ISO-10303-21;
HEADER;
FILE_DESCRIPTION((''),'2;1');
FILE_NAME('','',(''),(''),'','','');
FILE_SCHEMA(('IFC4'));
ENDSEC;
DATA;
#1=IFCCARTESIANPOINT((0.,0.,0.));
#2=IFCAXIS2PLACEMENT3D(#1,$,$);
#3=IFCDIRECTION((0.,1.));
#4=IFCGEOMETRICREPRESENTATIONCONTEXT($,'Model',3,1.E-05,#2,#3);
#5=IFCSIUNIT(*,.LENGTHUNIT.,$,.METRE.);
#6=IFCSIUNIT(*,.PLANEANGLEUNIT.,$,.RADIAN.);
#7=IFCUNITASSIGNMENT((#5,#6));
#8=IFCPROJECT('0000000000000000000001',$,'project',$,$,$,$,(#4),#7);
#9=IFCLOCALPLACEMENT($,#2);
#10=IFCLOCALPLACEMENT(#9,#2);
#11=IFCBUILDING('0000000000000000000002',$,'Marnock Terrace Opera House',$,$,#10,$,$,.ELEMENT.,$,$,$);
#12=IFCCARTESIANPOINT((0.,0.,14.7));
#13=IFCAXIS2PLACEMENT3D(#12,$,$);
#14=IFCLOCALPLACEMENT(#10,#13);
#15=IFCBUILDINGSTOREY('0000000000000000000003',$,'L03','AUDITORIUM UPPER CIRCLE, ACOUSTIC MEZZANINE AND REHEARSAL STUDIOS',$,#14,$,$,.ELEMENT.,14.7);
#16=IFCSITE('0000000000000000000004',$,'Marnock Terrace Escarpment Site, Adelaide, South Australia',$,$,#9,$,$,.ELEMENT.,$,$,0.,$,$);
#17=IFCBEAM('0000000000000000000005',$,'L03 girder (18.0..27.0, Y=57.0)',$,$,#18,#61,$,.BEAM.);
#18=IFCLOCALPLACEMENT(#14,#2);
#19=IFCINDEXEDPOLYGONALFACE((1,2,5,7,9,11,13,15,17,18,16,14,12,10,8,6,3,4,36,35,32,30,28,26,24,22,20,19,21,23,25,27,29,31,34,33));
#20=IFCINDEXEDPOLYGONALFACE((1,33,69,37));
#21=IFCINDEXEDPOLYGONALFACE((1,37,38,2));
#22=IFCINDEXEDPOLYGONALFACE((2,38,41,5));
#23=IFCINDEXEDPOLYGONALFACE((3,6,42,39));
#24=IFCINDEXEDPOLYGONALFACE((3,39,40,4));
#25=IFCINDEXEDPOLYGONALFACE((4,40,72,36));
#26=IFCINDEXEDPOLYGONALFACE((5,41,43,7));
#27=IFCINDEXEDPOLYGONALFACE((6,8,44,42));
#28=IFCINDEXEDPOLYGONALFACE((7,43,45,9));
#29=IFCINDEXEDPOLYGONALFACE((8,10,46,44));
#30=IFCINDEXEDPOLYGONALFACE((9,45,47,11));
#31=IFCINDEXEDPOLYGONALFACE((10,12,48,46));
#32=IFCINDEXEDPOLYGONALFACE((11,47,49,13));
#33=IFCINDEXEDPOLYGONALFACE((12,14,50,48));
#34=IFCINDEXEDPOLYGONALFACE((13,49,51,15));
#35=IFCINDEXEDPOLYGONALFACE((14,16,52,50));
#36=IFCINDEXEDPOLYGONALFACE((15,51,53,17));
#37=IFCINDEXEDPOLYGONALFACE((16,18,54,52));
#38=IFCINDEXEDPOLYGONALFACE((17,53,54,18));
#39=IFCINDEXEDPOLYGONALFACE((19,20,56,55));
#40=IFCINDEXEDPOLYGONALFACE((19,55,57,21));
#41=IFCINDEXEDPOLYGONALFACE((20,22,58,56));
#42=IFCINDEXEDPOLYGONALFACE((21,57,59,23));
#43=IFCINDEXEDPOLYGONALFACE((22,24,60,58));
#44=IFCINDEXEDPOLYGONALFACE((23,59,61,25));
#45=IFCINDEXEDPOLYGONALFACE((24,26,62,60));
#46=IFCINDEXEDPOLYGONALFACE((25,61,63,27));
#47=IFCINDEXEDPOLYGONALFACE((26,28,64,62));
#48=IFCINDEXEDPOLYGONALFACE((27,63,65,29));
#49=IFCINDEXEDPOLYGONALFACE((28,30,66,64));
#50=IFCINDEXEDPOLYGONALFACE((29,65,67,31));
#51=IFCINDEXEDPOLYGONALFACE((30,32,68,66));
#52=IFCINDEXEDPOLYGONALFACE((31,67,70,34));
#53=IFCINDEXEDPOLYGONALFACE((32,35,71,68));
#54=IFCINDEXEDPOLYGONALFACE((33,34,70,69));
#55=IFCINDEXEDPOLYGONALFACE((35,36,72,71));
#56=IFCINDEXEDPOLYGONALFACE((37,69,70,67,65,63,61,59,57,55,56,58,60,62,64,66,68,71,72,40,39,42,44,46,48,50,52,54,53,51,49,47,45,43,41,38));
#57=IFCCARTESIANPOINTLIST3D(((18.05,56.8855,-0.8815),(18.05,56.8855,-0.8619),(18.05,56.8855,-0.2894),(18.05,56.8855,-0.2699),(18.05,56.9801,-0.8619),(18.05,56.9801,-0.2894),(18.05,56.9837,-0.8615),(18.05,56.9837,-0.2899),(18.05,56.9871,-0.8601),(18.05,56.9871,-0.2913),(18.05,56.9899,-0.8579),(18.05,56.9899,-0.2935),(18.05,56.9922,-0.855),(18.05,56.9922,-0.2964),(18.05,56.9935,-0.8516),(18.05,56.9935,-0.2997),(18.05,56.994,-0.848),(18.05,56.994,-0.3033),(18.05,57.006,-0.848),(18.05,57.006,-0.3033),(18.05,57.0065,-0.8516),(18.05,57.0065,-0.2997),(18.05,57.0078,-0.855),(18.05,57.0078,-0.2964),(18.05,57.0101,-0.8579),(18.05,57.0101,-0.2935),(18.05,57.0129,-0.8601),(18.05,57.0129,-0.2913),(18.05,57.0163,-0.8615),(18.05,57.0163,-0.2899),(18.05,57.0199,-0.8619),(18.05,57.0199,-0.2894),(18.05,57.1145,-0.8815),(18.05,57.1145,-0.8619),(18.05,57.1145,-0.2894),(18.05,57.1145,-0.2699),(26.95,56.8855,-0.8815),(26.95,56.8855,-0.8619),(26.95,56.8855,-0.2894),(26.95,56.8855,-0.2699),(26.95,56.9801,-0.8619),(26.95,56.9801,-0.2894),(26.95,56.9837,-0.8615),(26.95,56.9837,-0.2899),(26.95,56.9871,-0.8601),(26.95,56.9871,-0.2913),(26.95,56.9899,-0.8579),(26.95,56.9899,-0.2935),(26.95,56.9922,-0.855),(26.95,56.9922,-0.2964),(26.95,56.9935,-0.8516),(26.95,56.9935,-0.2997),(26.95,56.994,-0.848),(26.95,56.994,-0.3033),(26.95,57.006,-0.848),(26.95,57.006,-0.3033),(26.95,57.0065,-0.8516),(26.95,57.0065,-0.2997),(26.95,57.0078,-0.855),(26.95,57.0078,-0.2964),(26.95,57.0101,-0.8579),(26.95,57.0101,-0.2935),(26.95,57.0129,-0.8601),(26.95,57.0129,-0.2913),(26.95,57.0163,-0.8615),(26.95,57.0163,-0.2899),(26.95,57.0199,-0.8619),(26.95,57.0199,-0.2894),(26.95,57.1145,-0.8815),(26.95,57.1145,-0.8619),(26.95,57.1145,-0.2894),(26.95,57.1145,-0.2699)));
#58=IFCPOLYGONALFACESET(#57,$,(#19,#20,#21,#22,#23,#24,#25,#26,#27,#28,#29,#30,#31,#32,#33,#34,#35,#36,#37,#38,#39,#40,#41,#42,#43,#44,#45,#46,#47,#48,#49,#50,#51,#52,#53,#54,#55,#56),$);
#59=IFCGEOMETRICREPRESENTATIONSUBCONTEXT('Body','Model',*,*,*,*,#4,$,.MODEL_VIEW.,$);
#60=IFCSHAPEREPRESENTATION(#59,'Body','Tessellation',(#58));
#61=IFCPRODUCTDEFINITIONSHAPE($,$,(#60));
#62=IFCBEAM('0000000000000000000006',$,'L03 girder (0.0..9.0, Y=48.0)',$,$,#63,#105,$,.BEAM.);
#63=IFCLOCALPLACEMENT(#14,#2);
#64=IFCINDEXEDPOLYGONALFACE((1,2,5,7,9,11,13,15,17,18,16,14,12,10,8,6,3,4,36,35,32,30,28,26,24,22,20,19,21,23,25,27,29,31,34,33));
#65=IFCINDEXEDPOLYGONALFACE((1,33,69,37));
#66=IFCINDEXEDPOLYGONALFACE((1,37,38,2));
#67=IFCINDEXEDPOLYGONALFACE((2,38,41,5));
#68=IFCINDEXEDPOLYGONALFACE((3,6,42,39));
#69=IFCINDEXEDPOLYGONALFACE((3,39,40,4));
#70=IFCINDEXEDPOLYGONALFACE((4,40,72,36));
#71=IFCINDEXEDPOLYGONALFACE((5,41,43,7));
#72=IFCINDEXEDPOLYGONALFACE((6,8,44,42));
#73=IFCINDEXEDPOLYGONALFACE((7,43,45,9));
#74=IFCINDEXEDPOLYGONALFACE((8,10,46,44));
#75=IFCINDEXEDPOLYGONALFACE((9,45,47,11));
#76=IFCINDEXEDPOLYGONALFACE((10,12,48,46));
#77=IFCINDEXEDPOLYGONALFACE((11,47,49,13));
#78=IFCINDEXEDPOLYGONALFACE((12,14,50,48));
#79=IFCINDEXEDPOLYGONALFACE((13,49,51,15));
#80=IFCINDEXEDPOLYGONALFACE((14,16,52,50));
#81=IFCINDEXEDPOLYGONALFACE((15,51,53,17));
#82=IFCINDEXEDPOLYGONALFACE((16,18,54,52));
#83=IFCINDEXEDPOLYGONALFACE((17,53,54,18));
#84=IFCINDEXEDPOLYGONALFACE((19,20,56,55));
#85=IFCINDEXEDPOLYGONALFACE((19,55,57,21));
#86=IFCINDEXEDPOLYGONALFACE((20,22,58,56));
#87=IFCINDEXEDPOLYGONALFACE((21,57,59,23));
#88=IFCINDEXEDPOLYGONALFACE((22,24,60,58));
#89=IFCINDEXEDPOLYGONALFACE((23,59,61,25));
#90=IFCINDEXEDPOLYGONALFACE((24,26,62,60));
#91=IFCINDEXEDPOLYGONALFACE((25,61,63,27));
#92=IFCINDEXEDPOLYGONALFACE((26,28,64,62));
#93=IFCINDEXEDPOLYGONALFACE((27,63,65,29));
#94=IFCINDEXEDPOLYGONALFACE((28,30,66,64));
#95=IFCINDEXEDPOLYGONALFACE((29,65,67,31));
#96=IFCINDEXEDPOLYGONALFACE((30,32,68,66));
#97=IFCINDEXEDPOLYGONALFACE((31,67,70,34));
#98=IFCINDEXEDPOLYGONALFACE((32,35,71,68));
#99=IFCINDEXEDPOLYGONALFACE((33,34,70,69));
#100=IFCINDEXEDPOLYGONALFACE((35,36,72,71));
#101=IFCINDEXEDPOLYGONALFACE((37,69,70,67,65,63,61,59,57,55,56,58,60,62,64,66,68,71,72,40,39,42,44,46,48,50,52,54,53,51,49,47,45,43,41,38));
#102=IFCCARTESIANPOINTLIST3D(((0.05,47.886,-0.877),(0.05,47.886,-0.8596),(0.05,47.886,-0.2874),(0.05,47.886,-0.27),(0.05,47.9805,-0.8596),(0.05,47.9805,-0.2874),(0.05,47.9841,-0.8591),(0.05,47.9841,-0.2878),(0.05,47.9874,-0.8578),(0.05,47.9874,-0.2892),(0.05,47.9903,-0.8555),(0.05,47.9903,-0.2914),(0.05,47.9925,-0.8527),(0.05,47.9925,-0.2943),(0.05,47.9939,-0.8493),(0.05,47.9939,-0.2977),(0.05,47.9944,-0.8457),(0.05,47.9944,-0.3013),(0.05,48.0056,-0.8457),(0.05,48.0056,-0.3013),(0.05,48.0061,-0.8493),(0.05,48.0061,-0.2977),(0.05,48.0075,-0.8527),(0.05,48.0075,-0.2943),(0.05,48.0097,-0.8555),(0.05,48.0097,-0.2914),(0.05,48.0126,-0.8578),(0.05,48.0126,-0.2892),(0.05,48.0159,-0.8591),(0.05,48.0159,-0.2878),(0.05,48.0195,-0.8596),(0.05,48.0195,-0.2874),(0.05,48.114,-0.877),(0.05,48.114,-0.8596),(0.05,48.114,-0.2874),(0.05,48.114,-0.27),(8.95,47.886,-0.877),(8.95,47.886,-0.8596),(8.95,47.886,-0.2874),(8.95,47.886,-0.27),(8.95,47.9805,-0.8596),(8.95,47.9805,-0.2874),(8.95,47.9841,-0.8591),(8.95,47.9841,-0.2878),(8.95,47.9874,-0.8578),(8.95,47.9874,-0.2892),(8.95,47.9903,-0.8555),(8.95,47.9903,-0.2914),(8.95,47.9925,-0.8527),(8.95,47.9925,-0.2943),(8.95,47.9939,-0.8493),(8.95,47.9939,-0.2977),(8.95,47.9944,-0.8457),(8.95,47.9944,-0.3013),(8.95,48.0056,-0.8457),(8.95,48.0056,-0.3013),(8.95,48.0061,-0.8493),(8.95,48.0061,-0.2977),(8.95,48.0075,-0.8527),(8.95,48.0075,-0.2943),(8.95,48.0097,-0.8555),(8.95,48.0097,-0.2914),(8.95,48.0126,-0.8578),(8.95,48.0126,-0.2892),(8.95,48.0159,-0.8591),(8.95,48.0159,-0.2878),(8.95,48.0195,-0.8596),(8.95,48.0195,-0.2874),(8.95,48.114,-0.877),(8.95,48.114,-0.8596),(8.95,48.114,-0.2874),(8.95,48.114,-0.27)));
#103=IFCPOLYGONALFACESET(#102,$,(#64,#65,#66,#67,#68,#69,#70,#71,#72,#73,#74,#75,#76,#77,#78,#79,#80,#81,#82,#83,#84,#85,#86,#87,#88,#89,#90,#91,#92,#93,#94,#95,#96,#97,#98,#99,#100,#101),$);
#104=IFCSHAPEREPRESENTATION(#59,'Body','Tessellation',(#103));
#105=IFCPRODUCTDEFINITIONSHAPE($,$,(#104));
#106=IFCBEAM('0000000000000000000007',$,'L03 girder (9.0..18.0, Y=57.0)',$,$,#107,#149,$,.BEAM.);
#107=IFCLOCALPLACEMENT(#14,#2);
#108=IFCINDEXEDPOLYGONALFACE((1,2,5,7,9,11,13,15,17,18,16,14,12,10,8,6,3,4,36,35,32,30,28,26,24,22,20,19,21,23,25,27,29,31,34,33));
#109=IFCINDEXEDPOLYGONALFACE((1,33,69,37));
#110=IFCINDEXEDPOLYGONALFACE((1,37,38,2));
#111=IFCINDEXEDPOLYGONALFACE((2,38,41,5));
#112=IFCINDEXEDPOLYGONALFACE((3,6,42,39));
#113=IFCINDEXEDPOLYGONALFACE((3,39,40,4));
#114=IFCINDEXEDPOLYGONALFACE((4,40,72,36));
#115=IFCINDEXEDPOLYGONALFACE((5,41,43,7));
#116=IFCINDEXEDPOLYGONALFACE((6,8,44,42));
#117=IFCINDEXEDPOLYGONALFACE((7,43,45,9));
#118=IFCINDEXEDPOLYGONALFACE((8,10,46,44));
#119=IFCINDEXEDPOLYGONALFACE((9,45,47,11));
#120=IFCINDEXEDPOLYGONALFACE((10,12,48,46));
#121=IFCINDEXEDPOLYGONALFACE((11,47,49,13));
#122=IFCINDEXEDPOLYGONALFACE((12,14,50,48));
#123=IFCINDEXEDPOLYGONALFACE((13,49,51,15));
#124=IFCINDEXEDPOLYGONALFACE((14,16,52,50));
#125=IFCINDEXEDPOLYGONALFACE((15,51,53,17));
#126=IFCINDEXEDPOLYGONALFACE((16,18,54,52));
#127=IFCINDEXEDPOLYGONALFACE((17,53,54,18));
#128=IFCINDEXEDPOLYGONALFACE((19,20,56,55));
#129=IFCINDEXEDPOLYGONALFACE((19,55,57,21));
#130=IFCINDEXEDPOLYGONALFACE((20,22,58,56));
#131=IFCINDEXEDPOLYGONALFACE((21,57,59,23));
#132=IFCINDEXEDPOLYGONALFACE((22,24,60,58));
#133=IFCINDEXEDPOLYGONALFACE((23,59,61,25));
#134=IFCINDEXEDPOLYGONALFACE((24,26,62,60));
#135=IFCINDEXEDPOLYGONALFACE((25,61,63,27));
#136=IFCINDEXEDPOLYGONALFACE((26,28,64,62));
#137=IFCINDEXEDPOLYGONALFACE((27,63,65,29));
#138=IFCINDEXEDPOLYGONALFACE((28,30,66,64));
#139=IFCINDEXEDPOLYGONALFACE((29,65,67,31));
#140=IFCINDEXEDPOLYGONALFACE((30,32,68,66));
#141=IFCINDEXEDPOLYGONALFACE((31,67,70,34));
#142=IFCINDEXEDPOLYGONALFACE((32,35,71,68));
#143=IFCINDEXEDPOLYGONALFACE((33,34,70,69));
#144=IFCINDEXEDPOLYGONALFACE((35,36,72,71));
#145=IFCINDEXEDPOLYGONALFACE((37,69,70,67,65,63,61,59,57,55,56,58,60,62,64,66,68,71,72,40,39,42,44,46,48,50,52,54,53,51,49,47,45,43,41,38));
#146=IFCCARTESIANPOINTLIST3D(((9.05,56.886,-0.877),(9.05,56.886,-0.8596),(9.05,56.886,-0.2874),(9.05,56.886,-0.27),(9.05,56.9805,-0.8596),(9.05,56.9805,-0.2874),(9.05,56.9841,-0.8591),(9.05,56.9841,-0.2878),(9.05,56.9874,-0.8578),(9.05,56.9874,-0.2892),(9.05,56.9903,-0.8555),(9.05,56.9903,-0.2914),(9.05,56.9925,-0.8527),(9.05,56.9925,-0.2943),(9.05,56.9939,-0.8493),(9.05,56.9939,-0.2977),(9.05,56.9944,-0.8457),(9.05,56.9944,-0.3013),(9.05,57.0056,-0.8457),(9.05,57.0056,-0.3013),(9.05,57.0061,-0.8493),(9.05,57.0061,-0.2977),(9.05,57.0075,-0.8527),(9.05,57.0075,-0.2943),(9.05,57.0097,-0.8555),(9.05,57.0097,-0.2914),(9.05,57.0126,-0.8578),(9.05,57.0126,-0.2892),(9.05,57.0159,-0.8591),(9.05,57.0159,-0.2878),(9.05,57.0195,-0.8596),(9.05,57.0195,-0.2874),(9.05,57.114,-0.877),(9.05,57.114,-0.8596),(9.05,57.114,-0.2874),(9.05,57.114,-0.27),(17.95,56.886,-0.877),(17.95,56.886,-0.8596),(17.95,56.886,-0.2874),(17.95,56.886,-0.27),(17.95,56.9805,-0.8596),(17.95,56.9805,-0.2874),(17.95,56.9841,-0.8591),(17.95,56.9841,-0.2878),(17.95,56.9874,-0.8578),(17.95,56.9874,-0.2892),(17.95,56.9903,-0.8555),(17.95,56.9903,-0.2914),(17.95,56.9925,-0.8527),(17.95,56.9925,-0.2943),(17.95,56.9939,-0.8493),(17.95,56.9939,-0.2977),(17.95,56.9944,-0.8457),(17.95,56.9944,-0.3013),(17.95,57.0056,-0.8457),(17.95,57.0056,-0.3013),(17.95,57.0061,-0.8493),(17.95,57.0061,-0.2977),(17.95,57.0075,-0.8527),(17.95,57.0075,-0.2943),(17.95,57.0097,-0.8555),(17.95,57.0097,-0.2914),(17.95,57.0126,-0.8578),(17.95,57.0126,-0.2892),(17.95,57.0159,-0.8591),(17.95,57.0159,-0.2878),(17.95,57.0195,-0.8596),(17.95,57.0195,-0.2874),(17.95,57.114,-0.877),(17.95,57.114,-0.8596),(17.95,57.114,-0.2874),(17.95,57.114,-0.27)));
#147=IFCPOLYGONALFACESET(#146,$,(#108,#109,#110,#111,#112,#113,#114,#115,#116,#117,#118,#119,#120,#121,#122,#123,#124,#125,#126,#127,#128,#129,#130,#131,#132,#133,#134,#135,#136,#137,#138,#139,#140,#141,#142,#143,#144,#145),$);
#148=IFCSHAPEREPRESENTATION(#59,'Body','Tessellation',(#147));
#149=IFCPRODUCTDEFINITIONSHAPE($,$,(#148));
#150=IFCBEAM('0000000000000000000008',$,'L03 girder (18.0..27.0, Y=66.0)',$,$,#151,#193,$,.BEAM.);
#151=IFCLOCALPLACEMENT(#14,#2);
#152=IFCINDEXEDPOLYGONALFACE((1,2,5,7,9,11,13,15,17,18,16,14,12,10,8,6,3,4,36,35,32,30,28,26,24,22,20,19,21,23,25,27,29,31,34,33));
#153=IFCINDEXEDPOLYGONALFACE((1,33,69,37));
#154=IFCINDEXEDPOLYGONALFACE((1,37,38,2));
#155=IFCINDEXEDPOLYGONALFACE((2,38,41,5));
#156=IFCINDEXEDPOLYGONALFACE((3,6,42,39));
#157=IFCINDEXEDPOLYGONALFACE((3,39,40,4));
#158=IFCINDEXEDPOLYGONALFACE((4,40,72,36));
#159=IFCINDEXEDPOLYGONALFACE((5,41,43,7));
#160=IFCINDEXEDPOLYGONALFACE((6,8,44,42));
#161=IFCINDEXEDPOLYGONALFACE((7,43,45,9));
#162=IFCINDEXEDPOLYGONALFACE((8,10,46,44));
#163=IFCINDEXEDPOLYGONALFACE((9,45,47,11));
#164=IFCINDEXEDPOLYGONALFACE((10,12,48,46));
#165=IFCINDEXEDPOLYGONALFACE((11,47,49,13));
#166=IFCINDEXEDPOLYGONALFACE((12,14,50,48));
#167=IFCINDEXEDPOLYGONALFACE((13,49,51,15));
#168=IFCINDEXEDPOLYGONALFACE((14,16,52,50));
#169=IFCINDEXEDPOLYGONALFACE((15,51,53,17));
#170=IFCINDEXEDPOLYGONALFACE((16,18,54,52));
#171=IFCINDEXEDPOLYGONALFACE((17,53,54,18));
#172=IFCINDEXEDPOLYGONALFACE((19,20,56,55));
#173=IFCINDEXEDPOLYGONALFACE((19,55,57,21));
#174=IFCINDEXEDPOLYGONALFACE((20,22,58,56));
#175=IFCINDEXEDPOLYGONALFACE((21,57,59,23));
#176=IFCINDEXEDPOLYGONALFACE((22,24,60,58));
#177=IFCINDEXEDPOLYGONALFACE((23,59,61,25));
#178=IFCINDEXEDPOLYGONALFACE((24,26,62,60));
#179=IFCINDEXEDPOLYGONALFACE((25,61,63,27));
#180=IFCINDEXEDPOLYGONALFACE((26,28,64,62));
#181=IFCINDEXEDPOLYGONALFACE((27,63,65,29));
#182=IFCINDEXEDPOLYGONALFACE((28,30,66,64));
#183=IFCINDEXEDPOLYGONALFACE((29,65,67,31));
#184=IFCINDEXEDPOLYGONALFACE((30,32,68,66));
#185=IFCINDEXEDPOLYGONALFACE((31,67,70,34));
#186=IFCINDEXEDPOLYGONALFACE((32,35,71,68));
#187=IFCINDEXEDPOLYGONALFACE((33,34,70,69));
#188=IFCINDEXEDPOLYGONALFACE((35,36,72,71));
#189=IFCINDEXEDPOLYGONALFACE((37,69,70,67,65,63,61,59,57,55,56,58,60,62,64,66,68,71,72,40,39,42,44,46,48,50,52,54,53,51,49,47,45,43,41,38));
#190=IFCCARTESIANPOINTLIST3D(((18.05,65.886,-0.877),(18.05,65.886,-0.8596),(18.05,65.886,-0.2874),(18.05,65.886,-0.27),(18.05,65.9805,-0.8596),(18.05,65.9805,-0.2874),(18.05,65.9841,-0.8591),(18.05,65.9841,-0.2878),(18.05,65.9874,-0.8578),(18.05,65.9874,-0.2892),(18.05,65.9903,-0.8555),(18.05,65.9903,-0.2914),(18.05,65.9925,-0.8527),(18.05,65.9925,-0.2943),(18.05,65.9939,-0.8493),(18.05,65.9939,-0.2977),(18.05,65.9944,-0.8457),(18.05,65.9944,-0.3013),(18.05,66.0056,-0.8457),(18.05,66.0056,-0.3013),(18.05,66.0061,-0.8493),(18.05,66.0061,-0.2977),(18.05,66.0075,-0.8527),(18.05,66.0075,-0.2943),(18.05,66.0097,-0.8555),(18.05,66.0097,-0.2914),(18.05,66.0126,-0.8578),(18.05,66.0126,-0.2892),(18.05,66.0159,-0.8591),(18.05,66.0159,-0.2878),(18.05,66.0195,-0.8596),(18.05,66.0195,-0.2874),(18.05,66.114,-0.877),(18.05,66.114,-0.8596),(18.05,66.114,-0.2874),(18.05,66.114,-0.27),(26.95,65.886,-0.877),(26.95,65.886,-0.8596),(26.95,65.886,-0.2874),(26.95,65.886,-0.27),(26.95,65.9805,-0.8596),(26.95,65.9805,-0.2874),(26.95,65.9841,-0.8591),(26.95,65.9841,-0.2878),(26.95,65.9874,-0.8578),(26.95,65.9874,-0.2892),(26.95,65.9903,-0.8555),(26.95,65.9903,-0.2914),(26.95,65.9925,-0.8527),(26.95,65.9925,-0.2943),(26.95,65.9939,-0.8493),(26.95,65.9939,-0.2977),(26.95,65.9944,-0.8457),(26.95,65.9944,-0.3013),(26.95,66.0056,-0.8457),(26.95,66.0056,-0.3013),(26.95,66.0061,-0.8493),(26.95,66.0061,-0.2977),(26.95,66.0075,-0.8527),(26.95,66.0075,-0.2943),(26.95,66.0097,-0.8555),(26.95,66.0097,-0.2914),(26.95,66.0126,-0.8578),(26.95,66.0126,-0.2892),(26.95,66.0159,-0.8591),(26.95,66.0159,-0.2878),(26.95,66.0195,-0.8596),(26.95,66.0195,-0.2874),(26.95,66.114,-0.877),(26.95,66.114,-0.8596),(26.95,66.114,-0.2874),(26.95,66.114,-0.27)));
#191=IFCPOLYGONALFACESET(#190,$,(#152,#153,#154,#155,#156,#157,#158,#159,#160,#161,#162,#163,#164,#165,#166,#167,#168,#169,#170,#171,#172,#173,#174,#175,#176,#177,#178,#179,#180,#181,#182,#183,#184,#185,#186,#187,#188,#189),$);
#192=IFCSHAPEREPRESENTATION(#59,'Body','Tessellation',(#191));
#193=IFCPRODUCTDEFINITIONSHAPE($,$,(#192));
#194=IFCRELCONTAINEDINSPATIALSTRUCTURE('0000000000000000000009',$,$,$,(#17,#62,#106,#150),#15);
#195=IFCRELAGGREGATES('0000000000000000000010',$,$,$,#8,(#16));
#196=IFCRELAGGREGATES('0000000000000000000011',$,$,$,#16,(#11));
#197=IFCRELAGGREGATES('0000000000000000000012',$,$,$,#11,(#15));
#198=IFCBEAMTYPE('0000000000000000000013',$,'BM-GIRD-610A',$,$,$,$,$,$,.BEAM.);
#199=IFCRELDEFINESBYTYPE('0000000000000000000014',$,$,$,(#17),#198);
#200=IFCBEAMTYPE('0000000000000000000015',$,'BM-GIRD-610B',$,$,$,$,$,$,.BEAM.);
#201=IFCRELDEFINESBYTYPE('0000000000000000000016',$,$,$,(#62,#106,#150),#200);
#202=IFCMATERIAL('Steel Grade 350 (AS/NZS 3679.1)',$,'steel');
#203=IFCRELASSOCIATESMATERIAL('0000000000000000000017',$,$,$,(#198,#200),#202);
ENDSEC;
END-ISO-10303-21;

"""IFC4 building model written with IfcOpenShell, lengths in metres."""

from ifc_helpers import new_model, si_unit, direction, frame, origin, origin_2d, place, context, subcontext, project, spatial, i_section, extrude, material, material_profile, profile_set, type_object, element, save


model = new_model("IFC4")

# Units and contexts
model_context = context("Model", 3, precision=1e-05, world=origin(), true_north=direction((0.0, 1.0)))
body_context = subcontext(model_context, "Body", "Model", "MODEL_VIEW")
ifc_project = project(units=[si_unit("LENGTHUNIT", "METRE"), si_unit("PLANEANGLEUNIT", "RADIAN")], contexts=[model_context])

# Site, building, storey
site_placement = place(None, origin())
site = spatial("IfcSite", under=ifc_project, at=site_placement, Name="Marnock Terrace Escarpment Site, Adelaide, South Australia", CompositionType="ELEMENT", RefElevation=0.0)
building_placement = place(site_placement, origin())
building = spatial("IfcBuilding", under=site, at=building_placement, Name="Marnock Terrace Opera House", CompositionType="ELEMENT")
storey_placement = place(building_placement, frame((0.0, 0.0, 14.7)))
storey = spatial("IfcBuildingStorey", under=building, at=storey_placement, Name="L03", Description="AUDITORIUM UPPER CIRCLE, ACOUSTIC MEZZANINE AND REHEARSAL STUDIOS", CompositionType="ELEMENT", Elevation=14.7)

# Shared definitions
ifc_material_1 = material(Name="Steel Grade 350 (AS/NZS 3679.1)", Category="steel")

# Beams
ifc_material_profile_1 = material_profile(ifc_material_1, i_section(OverallWidth=0.229, OverallDepth=0.6116, WebThickness=0.012, FlangeThickness=0.0195, FilletRadius=0.0139, at=origin_2d()))
ifc_profile_set_1 = profile_set([ifc_material_profile_1], Name="Steel Grade 350 (AS/NZS 3679.1)")
beam_type_1 = type_object("IfcBeamType", Name="BM-GIRD-610A", PredefinedType="BEAM", material=ifc_profile_set_1)
for number, where, z_axis, x_axis, name in (
    (1, (18.05, 57.0, -0.5757), (1.0, 0.0, 0.0), (0.0, 1.0, 0.0), "L03 girder (18.0..27.0, Y=57.0)"),
):
    element("IfcBeam", number, at=place(storey_placement, frame(where, z_axis=z_axis, x_axis=x_axis)), inside=storey, type_object=beam_type_1, Name=name, PredefinedType="BEAM", context=body_context, shape_type="SweptSolid", body=[
        extrude(i_section(OverallWidth=0.229, OverallDepth=0.6116, WebThickness=0.012, FlangeThickness=0.0195, FilletRadius=0.0139, at=origin_2d()), origin(), (0.0, 0.0, 1.0), 8.8999),
    ])
ifc_material_profile_2 = material_profile(ifc_material_1, i_section(OverallWidth=0.228, OverallDepth=0.6069, WebThickness=0.0112, FlangeThickness=0.0173, FilletRadius=0.0139, at=origin_2d()))
ifc_profile_set_2 = profile_set([ifc_material_profile_2], Name="Steel Grade 350 (AS/NZS 3679.1)")
beam_type_2 = type_object("IfcBeamType", Name="BM-GIRD-610B", PredefinedType="BEAM", material=ifc_profile_set_2)
for number, where, z_axis, x_axis, name in (
    (2, (0.05, 48.0, -0.5735), (1.0, 0.0, 0.0), (0.0, 1.0, 0.0), "L03 girder (0.0..9.0, Y=48.0)"),
    (3, (9.05, 57.0, -0.5735), (1.0, 0.0, 0.0), (0.0, 1.0, 0.0), "L03 girder (9.0..18.0, Y=57.0)"),
    (4, (18.05, 66.0, -0.5735), (1.0, 0.0, 0.0), (0.0, 1.0, 0.0), "L03 girder (18.0..27.0, Y=66.0)"),
):
    element("IfcBeam", number, at=place(storey_placement, frame(where, z_axis=z_axis, x_axis=x_axis)), inside=storey, type_object=beam_type_2, Name=name, PredefinedType="BEAM", context=body_context, shape_type="SweptSolid", body=[
        extrude(i_section(OverallWidth=0.228, OverallDepth=0.6069, WebThickness=0.0112, FlangeThickness=0.0173, FilletRadius=0.0139, at=origin_2d()), origin(), (0.0, 0.0, 1.0), 8.8999),
    ])

save(model, "model.ifc")
